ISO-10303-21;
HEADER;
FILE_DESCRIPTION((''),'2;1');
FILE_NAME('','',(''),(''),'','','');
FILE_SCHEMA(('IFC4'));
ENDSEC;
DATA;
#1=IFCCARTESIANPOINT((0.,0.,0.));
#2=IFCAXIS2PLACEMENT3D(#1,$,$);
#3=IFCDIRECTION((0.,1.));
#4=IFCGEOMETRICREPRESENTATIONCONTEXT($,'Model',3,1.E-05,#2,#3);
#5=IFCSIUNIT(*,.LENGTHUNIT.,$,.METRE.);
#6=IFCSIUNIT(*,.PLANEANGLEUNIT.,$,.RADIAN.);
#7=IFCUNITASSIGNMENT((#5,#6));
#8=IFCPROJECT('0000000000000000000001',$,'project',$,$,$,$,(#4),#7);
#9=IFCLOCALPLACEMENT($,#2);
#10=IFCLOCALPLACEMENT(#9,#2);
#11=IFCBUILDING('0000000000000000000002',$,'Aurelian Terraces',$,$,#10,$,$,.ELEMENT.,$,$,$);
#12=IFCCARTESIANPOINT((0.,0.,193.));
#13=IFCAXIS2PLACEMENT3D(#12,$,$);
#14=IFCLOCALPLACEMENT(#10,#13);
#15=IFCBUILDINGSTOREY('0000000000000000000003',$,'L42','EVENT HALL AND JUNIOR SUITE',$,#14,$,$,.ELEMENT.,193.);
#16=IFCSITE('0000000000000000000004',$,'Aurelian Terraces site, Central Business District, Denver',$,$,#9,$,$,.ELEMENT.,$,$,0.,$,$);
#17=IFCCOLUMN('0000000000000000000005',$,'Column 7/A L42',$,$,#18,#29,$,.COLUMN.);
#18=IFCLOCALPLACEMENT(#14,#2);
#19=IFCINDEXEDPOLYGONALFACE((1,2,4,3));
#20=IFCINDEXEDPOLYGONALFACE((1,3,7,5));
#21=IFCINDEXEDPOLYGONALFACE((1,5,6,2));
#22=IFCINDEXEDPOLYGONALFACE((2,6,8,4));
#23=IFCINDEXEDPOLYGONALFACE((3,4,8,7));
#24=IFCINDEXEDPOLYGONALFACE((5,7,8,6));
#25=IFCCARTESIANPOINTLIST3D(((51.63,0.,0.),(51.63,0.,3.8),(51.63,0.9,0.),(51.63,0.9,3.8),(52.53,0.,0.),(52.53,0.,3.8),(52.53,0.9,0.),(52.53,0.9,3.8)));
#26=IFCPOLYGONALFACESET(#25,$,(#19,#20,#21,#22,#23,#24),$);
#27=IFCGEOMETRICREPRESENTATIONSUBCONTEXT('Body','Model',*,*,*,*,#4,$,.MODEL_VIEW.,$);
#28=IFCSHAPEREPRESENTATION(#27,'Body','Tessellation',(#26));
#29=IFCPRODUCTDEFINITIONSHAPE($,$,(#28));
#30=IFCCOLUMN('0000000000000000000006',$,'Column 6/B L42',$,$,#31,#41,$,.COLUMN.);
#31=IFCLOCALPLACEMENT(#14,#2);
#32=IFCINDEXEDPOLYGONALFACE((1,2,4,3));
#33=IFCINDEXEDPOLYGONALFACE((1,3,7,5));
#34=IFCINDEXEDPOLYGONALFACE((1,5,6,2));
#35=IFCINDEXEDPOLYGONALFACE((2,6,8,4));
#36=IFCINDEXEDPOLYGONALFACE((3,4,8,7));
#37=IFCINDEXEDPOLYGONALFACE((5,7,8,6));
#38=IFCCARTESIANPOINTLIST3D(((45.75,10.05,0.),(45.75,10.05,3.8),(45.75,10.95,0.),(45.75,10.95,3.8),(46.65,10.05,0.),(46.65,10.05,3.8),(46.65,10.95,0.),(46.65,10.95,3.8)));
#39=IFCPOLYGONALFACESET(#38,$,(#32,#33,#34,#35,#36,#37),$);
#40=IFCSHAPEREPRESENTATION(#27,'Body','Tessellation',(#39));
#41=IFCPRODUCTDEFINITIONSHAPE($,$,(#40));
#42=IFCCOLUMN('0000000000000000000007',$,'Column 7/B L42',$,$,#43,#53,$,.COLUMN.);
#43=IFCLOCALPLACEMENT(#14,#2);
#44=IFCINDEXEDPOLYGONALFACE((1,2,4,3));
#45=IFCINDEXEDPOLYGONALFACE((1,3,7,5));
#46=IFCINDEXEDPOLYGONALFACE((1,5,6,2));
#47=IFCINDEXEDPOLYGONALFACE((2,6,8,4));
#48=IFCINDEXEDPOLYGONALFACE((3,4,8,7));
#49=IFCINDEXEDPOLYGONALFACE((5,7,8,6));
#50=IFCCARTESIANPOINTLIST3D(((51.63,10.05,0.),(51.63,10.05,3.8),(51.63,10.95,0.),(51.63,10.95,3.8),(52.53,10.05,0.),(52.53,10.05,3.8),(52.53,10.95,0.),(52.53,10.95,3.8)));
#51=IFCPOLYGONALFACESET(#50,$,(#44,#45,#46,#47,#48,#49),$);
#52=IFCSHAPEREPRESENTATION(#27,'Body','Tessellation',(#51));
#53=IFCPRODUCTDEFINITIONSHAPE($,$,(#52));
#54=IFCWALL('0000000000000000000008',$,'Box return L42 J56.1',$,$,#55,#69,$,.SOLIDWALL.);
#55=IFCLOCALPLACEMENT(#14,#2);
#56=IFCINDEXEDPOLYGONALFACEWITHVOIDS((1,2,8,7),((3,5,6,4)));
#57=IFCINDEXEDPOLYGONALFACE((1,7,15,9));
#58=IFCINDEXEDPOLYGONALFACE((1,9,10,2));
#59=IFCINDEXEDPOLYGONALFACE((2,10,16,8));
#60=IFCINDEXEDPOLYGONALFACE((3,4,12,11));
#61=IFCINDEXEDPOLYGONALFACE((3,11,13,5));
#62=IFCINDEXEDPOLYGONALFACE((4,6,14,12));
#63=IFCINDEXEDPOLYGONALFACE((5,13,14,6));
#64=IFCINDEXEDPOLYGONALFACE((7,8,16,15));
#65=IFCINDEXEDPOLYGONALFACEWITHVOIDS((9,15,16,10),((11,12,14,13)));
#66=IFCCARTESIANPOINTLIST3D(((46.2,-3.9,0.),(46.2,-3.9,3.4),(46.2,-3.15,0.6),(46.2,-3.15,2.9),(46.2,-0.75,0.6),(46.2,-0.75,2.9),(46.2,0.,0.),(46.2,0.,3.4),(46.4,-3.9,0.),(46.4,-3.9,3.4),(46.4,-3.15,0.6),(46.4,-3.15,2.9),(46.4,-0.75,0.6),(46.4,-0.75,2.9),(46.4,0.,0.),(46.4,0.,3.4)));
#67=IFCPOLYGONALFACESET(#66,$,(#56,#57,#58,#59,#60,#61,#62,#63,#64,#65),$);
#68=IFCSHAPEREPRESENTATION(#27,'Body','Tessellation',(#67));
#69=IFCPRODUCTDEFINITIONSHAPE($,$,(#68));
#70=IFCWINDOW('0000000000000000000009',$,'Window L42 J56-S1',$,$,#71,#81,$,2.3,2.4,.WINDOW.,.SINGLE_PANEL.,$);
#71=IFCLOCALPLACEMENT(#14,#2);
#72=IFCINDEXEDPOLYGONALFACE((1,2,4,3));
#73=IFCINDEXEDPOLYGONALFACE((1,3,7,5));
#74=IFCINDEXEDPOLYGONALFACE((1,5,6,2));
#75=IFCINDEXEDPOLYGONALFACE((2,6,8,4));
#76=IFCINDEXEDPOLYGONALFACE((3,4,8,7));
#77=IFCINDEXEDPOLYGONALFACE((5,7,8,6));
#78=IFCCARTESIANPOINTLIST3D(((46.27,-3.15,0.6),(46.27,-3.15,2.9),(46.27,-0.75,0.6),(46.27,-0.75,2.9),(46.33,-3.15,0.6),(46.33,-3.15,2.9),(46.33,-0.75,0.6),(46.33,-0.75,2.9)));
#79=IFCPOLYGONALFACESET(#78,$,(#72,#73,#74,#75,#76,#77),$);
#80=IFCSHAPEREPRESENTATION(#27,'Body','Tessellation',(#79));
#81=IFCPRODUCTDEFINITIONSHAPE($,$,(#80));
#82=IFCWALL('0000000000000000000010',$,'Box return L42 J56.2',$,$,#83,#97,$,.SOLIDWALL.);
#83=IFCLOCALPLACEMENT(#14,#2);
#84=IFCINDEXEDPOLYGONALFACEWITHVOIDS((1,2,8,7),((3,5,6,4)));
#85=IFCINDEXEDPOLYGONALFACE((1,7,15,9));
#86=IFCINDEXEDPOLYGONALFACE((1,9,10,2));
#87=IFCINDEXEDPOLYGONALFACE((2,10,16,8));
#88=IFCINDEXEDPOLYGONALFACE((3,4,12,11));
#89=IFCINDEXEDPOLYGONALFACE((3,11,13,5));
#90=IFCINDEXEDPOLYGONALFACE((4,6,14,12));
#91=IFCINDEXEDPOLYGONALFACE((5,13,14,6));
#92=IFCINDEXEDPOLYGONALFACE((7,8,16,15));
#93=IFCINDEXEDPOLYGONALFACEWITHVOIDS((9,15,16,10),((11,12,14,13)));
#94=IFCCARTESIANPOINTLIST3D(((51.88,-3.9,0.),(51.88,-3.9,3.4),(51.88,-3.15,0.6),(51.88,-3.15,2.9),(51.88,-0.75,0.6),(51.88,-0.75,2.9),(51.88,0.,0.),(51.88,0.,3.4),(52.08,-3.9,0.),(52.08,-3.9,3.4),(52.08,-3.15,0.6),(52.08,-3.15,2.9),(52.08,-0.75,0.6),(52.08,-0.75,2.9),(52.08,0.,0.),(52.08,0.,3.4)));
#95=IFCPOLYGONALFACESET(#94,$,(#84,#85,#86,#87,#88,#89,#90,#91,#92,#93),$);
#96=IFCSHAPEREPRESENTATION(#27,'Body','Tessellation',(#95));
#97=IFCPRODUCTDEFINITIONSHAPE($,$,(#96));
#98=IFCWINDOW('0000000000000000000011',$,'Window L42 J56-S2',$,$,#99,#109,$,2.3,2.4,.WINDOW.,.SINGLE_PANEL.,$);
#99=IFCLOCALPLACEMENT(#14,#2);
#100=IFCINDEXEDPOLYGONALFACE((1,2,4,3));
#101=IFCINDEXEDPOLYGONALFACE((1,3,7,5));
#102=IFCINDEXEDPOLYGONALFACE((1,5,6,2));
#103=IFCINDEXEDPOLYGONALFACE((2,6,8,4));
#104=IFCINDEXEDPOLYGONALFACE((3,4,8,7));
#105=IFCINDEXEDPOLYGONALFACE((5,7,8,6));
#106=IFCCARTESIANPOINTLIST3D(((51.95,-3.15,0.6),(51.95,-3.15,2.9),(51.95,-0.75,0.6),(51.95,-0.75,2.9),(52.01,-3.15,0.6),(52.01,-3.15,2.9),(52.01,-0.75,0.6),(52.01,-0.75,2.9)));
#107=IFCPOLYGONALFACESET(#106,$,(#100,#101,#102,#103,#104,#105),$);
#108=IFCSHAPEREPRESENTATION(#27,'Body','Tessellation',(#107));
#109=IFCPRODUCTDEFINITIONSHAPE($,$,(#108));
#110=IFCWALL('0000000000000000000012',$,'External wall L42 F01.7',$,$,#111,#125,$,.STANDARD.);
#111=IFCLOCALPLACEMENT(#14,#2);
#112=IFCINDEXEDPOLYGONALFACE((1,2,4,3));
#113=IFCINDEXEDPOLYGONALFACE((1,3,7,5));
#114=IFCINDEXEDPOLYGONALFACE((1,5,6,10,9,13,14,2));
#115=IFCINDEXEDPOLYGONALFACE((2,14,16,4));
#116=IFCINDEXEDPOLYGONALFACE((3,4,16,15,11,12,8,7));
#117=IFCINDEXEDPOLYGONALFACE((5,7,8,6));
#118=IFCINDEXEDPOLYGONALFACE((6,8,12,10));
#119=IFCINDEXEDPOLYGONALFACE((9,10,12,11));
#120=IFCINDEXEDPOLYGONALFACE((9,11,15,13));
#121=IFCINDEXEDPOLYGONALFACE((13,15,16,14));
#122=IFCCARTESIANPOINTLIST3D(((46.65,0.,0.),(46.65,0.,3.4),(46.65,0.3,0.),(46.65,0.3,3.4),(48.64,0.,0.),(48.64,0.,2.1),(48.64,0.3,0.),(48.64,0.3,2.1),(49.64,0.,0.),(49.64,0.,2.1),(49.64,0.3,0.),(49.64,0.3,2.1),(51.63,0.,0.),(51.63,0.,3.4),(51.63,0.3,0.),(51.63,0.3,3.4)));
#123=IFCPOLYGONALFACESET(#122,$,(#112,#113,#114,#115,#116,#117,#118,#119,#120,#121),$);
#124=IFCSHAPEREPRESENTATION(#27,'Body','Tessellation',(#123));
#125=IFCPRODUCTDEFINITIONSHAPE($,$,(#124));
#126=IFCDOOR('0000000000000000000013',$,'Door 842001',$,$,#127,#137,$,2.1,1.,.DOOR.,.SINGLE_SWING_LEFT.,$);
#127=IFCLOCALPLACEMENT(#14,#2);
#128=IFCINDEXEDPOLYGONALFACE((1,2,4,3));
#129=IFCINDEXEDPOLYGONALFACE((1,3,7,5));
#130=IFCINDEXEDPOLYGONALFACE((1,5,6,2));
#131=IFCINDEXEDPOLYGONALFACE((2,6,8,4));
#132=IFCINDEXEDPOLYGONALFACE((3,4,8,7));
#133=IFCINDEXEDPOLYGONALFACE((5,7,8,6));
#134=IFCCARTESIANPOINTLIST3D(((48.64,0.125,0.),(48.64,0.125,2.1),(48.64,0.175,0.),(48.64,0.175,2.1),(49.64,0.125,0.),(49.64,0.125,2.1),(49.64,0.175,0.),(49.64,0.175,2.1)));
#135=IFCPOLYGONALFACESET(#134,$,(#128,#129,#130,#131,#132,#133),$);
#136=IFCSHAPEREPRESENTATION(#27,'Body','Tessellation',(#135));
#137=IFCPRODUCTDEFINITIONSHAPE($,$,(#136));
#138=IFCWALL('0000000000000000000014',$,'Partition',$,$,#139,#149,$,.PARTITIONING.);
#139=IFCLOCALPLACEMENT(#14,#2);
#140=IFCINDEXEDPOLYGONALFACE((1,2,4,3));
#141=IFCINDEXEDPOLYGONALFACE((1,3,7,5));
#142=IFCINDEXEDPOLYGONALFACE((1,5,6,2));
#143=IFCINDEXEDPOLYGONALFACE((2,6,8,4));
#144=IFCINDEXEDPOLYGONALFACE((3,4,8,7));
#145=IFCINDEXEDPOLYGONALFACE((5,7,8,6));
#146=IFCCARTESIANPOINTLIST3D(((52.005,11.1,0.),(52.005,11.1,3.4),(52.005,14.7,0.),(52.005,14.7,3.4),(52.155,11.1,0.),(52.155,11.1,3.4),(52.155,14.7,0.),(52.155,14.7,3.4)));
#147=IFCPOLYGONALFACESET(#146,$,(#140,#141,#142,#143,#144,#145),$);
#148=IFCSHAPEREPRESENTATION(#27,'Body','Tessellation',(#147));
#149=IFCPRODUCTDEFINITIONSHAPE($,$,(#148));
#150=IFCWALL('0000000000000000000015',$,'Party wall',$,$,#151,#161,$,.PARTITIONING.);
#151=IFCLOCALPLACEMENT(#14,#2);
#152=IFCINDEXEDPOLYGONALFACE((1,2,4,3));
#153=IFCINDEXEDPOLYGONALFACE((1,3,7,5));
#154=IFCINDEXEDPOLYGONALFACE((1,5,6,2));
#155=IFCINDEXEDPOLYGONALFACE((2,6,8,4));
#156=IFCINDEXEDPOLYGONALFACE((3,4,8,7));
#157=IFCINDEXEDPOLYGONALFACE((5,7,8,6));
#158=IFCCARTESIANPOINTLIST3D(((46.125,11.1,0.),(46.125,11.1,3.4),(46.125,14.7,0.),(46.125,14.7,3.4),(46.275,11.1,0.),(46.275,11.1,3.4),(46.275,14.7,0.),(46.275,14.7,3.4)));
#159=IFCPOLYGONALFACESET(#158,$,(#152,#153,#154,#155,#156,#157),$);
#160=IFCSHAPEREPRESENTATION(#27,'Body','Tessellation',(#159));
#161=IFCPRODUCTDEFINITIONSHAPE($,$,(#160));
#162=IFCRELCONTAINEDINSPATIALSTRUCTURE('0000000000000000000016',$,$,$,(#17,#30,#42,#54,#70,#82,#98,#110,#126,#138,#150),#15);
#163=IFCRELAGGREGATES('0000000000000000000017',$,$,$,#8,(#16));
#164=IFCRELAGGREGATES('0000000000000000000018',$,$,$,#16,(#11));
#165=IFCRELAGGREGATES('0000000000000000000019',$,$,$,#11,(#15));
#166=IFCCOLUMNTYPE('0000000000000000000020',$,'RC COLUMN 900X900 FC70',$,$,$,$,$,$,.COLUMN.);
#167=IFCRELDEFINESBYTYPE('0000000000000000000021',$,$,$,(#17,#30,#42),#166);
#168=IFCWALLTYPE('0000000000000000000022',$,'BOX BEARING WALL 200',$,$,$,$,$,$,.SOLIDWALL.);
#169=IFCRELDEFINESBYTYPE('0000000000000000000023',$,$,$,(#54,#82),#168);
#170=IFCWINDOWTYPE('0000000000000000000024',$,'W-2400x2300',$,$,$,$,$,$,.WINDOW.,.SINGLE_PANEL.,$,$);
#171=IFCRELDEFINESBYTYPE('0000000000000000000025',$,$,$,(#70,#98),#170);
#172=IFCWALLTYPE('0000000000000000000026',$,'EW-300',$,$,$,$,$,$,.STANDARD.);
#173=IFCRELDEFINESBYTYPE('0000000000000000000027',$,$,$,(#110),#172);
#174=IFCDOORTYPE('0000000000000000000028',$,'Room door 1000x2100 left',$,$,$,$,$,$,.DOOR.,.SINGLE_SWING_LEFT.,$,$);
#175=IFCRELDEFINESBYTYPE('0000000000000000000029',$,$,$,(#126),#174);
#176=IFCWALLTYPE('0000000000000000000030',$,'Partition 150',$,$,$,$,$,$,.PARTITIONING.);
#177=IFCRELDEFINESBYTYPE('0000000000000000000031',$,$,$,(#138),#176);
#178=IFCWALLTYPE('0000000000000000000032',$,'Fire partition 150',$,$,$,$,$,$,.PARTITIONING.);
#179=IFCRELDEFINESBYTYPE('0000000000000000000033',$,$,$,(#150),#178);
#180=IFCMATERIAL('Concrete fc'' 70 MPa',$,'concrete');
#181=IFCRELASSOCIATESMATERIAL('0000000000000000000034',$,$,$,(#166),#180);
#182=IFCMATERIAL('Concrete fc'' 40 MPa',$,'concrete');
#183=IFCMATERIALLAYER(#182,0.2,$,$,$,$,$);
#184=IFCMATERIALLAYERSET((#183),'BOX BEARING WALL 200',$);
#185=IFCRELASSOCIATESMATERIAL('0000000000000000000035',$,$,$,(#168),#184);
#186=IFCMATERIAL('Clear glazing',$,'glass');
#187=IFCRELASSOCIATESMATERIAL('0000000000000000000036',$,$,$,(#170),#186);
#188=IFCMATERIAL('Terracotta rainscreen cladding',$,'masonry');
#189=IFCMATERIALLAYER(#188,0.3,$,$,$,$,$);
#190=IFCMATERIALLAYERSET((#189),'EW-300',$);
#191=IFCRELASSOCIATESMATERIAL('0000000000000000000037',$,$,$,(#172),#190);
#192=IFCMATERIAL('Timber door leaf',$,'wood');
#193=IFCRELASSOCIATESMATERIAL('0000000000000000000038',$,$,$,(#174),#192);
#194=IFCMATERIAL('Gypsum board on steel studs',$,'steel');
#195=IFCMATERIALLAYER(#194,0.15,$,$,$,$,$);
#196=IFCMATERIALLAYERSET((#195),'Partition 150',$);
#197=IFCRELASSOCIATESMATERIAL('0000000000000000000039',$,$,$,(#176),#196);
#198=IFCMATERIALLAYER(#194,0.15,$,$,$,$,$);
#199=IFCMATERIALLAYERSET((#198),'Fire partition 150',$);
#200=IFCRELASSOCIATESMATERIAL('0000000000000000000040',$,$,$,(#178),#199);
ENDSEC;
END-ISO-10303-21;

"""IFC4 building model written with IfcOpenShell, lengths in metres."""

from ifc_helpers import new_model, si_unit, direction, frame, frame_2d, origin, origin_2d, place, context, subcontext, project, spatial, rectangle, extrude, source, transform, mapped, material, layer, layer_set, material_profile, profile_set, type_object, element, fill, save


model = new_model("IFC4")

# Units and contexts
model_context = context("Model", 3, precision=1e-05, world=origin(), true_north=direction((0.0, 1.0)))
body_context = subcontext(model_context, "Body", "Model", "MODEL_VIEW")
ifc_project = project(units=[si_unit("LENGTHUNIT", "METRE"), si_unit("PLANEANGLEUNIT", "RADIAN")], contexts=[model_context])

# Site, building, storey
site_placement = place(None, origin())
site = spatial("IfcSite", under=ifc_project, at=site_placement, Name="Aurelian Terraces site, Central Business District, Denver", CompositionType="ELEMENT", RefElevation=0.0)
building_placement = place(site_placement, origin())
building = spatial("IfcBuilding", under=site, at=building_placement, Name="Aurelian Terraces", CompositionType="ELEMENT")
storey_placement = place(building_placement, frame((0.0, 0.0, 193.0)))
storey = spatial("IfcBuildingStorey", under=building, at=storey_placement, Name="L42", Description="EVENT HALL AND JUNIOR SUITE", CompositionType="ELEMENT", Elevation=193.0)

# Columns
ifc_material_1 = material(Name="Concrete fc' 70 MPa", Category="concrete")
ifc_material_profile = material_profile(ifc_material_1, rectangle(XDim=0.9, YDim=0.9, at=origin_2d()))
ifc_profile_set = profile_set([ifc_material_profile], Name="Concrete fc' 70 MPa")
column_type = type_object("IfcColumnType", Name="RC COLUMN 900X900 FC70", PredefinedType="COLUMN", material=ifc_profile_set)
shared_shape_1 = source(origin(), body_context, "Body", "SweptSolid", [
    extrude(rectangle(XDim=0.9, YDim=0.9, at=origin_2d()), origin(), (0.0, 0.0, 1.0), 3.8),
])
for number, where, z_axis, x_axis, name in (
    (1, (52.08, 0.45, 0.0), (0.0, 0.0, 1.0), (1.0, 0.0, 0.0), "Column 7/A L42"),
    (2, (46.2, 10.5, 0.0), (0.0, 0.0, 1.0), (1.0, 0.0, 0.0), "Column 6/B L42"),
    (3, (52.08, 10.5, 0.0), (0.0, 0.0, 1.0), (1.0, 0.0, 0.0), "Column 7/B L42"),
):
    element("IfcColumn", number, at=place(storey_placement, frame(where, z_axis=z_axis, x_axis=x_axis)), inside=storey, type_object=column_type, Name=name, PredefinedType="COLUMN", context=body_context, shape_type="MappedRepresentation", body=[
        mapped(shared_shape_1, transform((0.0, 0.0, 0.0), scale=1.0)),
    ])

# Walls, openings, windows
ifc_material_2 = material(Name="Concrete fc' 40 MPa", Category="concrete")
ifc_layer_1 = layer(ifc_material_2, 0.2)
ifc_layer_set_1 = layer_set([ifc_layer_1], Name="BOX BEARING WALL 200")
wall_type_1 = type_object("IfcWallType", Name="BOX BEARING WALL 200", PredefinedType="SOLIDWALL", material=ifc_layer_set_1)
shared_shape_2 = source(origin(), body_context, "Body", "SweptSolid", [
    extrude(rectangle(XDim=3.9, YDim=0.2, at=frame_2d((1.95, 0.0))), origin(), (0.0, 0.0, 1.0), 3.4),
])
wall_1_placement = place(storey_placement, frame((46.3, 0.0, 0.0), z_axis=(0.0, 0.0, 1.0), x_axis=(0.0, -1.0, 0.0)))
wall_1 = element("IfcWall", 4, at=wall_1_placement, inside=storey, type_object=wall_type_1, Name="Box return L42 J56.1", PredefinedType="SOLIDWALL", context=body_context, shape_type="MappedRepresentation", body=[
    mapped(shared_shape_2, transform((0.0, 0.0, 0.0), scale=1.0)),
])
shared_shape_3 = source(origin(), body_context, "Body", "SweptSolid", [
    extrude(rectangle(XDim=2.4, YDim=2.3, at=frame_2d((1.2, 1.15))), frame((0.0, 0.11, 0.0), z_axis=(0.0, -1.0, 0.0), x_axis=(1.0, 0.0, 0.0)), (0.0, 0.0, 1.0), 0.22),
])
opening_1_placement = place(wall_1_placement, frame((0.75, 0.0, 0.6)))
opening_1 = element("IfcOpeningElement", 5, at=opening_1_placement, cuts=wall_1, PredefinedType="OPENING", context=body_context, shape_type="MappedRepresentation", body=[
    mapped(shared_shape_3, transform((0.0, 0.0, 0.0), scale=1.0)),
])
ifc_material_3 = material(Name="Clear glazing", Category="glass")
window_type = type_object("IfcWindowType", Name="W-2400x2300", PartitioningType="SINGLE_PANEL", PredefinedType="WINDOW", material=ifc_material_3)
shared_shape_4 = source(origin(), body_context, "Body", "SweptSolid", [
    extrude(rectangle(XDim=2.4, YDim=2.3, at=frame_2d((1.2, 1.15))), frame((0.0, 0.03, 0.0), z_axis=(0.0, -1.0, 0.0), x_axis=(1.0, 0.0, 0.0)), (0.0, 0.0, 1.0), 0.06),
])
window_1_placement = place(opening_1_placement, origin())
window_1 = element("IfcWindow", 6, at=window_1_placement, inside=storey, type_object=window_type, Name="Window L42 J56-S1", OverallHeight=2.3, OverallWidth=2.4, PartitioningType="SINGLE_PANEL", PredefinedType="WINDOW", context=body_context, shape_type="MappedRepresentation", body=[
    mapped(shared_shape_4, transform((0.0, 0.0, 0.0), scale=1.0)),
])
fill(opening_1, window_1)
wall_2_placement = place(storey_placement, frame((51.98, 0.0, 0.0), z_axis=(0.0, 0.0, 1.0), x_axis=(0.0, -1.0, 0.0)))
wall_2 = element("IfcWall", 7, at=wall_2_placement, inside=storey, type_object=wall_type_1, Name="Box return L42 J56.2", PredefinedType="SOLIDWALL", context=body_context, shape_type="MappedRepresentation", body=[
    mapped(shared_shape_2, transform((0.0, 0.0, 0.0), scale=1.0)),
])
opening_2_placement = place(wall_2_placement, frame((0.75, 0.0, 0.6)))
opening_2 = element("IfcOpeningElement", 8, at=opening_2_placement, cuts=wall_2, PredefinedType="OPENING", context=body_context, shape_type="MappedRepresentation", body=[
    mapped(shared_shape_3, transform((0.0, 0.0, 0.0), scale=1.0)),
])
window_2_placement = place(opening_2_placement, origin())
window_2 = element("IfcWindow", 9, at=window_2_placement, inside=storey, type_object=window_type, Name="Window L42 J56-S2", OverallHeight=2.3, OverallWidth=2.4, PartitioningType="SINGLE_PANEL", PredefinedType="WINDOW", context=body_context, shape_type="MappedRepresentation", body=[
    mapped(shared_shape_4, transform((0.0, 0.0, 0.0), scale=1.0)),
])
fill(opening_2, window_2)

# Wall, opening, door
ifc_material_4 = material(Name="Terracotta rainscreen cladding", Category="masonry")
ifc_layer_2 = layer(ifc_material_4, 0.3)
ifc_layer_set_2 = layer_set([ifc_layer_2], Name="EW-300")
wall_type_2 = type_object("IfcWallType", Name="EW-300", PredefinedType="STANDARD", material=ifc_layer_set_2)
shared_shape_5 = source(origin(), body_context, "Body", "SweptSolid", [
    extrude(rectangle(XDim=4.98, YDim=0.3, at=frame_2d((2.49, 0.0))), origin(), (0.0, 0.0, 1.0), 3.4),
])
wall_3_placement = place(storey_placement, frame((46.65, 0.15, 0.0), z_axis=(0.0, 0.0, 1.0), x_axis=(1.0, 0.0, 0.0)))
wall_3 = element("IfcWall", 10, at=wall_3_placement, inside=storey, type_object=wall_type_2, Name="External wall L42 F01.7", PredefinedType="STANDARD", context=body_context, shape_type="MappedRepresentation", body=[
    mapped(shared_shape_5, transform((0.0, 0.0, 0.0), scale=1.0)),
])
shared_shape_6 = source(origin(), body_context, "Body", "SweptSolid", [
    extrude(rectangle(XDim=1.0, YDim=2.1, at=frame_2d((0.5, 1.05))), frame((0.0, 0.16, 0.0), z_axis=(0.0, -1.0, 0.0), x_axis=(1.0, 0.0, 0.0)), (0.0, 0.0, 1.0), 0.32),
])
opening_3_placement = place(wall_3_placement, frame((1.99, 0.0, 0.0)))
opening_3 = element("IfcOpeningElement", 11, at=opening_3_placement, cuts=wall_3, PredefinedType="OPENING", context=body_context, shape_type="MappedRepresentation", body=[
    mapped(shared_shape_6, transform((0.0, 0.0, 0.0), scale=1.0)),
])
ifc_material_5 = material(Name="Timber door leaf", Category="wood")
door_type = type_object("IfcDoorType", Name="Room door 1000x2100 left", OperationType="SINGLE_SWING_LEFT", PredefinedType="DOOR", material=ifc_material_5)
shared_shape_7 = source(origin(), body_context, "Body", "SweptSolid", [
    extrude(rectangle(XDim=1.0, YDim=2.1, at=frame_2d((0.5, 1.05))), frame((0.0, 0.025, 0.0), z_axis=(0.0, -1.0, 0.0), x_axis=(1.0, 0.0, 0.0)), (0.0, 0.0, 1.0), 0.05),
])
door_placement = place(opening_3_placement, origin())
door = element("IfcDoor", 12, at=door_placement, inside=storey, type_object=door_type, Name="Door 842001", OperationType="SINGLE_SWING_LEFT", OverallHeight=2.1, OverallWidth=1.0, PredefinedType="DOOR", context=body_context, shape_type="MappedRepresentation", body=[
    mapped(shared_shape_7, transform((0.0, 0.0, 0.0), scale=1.0)),
])
fill(opening_3, door)

# Walls
ifc_material_6 = material(Name="Gypsum board on steel studs", Category="steel")
ifc_layer_3 = layer(ifc_material_6, 0.15)
ifc_layer_set_3 = layer_set([ifc_layer_3], Name="Partition 150")
wall_type_3 = type_object("IfcWallType", Name="Partition 150", PredefinedType="PARTITIONING", material=ifc_layer_set_3)
shared_shape_8 = source(origin(), body_context, "Body", "SweptSolid", [
    extrude(rectangle(XDim=3.6, YDim=0.15, at=frame_2d((1.8, 0.0))), origin(), (0.0, 0.0, 1.0), 3.4),
])
wall_4_placement = place(storey_placement, frame((52.08, 11.1, 0.0), z_axis=(0.0, 0.0, 1.0), x_axis=(0.0, 1.0, 0.0)))
element("IfcWall", 13, at=wall_4_placement, inside=storey, type_object=wall_type_3, Name="Partition", PredefinedType="PARTITIONING", context=body_context, shape_type="MappedRepresentation", body=[
    mapped(shared_shape_8, transform((0.0, 0.0, 0.0), scale=1.0)),
])
ifc_layer_4 = layer(ifc_material_6, 0.15)
ifc_layer_set_4 = layer_set([ifc_layer_4], Name="Fire partition 150")
wall_type_4 = type_object("IfcWallType", Name="Fire partition 150", PredefinedType="PARTITIONING", material=ifc_layer_set_4)
wall_5_placement = place(storey_placement, frame((46.2, 11.1, 0.0), z_axis=(0.0, 0.0, 1.0), x_axis=(0.0, 1.0, 0.0)))
element("IfcWall", 14, at=wall_5_placement, inside=storey, type_object=wall_type_4, Name="Party wall", PredefinedType="PARTITIONING", context=body_context, shape_type="MappedRepresentation", body=[
    mapped(shared_shape_8, transform((0.0, 0.0, 0.0), scale=1.0)),
])

save(model, "model.ifc")
